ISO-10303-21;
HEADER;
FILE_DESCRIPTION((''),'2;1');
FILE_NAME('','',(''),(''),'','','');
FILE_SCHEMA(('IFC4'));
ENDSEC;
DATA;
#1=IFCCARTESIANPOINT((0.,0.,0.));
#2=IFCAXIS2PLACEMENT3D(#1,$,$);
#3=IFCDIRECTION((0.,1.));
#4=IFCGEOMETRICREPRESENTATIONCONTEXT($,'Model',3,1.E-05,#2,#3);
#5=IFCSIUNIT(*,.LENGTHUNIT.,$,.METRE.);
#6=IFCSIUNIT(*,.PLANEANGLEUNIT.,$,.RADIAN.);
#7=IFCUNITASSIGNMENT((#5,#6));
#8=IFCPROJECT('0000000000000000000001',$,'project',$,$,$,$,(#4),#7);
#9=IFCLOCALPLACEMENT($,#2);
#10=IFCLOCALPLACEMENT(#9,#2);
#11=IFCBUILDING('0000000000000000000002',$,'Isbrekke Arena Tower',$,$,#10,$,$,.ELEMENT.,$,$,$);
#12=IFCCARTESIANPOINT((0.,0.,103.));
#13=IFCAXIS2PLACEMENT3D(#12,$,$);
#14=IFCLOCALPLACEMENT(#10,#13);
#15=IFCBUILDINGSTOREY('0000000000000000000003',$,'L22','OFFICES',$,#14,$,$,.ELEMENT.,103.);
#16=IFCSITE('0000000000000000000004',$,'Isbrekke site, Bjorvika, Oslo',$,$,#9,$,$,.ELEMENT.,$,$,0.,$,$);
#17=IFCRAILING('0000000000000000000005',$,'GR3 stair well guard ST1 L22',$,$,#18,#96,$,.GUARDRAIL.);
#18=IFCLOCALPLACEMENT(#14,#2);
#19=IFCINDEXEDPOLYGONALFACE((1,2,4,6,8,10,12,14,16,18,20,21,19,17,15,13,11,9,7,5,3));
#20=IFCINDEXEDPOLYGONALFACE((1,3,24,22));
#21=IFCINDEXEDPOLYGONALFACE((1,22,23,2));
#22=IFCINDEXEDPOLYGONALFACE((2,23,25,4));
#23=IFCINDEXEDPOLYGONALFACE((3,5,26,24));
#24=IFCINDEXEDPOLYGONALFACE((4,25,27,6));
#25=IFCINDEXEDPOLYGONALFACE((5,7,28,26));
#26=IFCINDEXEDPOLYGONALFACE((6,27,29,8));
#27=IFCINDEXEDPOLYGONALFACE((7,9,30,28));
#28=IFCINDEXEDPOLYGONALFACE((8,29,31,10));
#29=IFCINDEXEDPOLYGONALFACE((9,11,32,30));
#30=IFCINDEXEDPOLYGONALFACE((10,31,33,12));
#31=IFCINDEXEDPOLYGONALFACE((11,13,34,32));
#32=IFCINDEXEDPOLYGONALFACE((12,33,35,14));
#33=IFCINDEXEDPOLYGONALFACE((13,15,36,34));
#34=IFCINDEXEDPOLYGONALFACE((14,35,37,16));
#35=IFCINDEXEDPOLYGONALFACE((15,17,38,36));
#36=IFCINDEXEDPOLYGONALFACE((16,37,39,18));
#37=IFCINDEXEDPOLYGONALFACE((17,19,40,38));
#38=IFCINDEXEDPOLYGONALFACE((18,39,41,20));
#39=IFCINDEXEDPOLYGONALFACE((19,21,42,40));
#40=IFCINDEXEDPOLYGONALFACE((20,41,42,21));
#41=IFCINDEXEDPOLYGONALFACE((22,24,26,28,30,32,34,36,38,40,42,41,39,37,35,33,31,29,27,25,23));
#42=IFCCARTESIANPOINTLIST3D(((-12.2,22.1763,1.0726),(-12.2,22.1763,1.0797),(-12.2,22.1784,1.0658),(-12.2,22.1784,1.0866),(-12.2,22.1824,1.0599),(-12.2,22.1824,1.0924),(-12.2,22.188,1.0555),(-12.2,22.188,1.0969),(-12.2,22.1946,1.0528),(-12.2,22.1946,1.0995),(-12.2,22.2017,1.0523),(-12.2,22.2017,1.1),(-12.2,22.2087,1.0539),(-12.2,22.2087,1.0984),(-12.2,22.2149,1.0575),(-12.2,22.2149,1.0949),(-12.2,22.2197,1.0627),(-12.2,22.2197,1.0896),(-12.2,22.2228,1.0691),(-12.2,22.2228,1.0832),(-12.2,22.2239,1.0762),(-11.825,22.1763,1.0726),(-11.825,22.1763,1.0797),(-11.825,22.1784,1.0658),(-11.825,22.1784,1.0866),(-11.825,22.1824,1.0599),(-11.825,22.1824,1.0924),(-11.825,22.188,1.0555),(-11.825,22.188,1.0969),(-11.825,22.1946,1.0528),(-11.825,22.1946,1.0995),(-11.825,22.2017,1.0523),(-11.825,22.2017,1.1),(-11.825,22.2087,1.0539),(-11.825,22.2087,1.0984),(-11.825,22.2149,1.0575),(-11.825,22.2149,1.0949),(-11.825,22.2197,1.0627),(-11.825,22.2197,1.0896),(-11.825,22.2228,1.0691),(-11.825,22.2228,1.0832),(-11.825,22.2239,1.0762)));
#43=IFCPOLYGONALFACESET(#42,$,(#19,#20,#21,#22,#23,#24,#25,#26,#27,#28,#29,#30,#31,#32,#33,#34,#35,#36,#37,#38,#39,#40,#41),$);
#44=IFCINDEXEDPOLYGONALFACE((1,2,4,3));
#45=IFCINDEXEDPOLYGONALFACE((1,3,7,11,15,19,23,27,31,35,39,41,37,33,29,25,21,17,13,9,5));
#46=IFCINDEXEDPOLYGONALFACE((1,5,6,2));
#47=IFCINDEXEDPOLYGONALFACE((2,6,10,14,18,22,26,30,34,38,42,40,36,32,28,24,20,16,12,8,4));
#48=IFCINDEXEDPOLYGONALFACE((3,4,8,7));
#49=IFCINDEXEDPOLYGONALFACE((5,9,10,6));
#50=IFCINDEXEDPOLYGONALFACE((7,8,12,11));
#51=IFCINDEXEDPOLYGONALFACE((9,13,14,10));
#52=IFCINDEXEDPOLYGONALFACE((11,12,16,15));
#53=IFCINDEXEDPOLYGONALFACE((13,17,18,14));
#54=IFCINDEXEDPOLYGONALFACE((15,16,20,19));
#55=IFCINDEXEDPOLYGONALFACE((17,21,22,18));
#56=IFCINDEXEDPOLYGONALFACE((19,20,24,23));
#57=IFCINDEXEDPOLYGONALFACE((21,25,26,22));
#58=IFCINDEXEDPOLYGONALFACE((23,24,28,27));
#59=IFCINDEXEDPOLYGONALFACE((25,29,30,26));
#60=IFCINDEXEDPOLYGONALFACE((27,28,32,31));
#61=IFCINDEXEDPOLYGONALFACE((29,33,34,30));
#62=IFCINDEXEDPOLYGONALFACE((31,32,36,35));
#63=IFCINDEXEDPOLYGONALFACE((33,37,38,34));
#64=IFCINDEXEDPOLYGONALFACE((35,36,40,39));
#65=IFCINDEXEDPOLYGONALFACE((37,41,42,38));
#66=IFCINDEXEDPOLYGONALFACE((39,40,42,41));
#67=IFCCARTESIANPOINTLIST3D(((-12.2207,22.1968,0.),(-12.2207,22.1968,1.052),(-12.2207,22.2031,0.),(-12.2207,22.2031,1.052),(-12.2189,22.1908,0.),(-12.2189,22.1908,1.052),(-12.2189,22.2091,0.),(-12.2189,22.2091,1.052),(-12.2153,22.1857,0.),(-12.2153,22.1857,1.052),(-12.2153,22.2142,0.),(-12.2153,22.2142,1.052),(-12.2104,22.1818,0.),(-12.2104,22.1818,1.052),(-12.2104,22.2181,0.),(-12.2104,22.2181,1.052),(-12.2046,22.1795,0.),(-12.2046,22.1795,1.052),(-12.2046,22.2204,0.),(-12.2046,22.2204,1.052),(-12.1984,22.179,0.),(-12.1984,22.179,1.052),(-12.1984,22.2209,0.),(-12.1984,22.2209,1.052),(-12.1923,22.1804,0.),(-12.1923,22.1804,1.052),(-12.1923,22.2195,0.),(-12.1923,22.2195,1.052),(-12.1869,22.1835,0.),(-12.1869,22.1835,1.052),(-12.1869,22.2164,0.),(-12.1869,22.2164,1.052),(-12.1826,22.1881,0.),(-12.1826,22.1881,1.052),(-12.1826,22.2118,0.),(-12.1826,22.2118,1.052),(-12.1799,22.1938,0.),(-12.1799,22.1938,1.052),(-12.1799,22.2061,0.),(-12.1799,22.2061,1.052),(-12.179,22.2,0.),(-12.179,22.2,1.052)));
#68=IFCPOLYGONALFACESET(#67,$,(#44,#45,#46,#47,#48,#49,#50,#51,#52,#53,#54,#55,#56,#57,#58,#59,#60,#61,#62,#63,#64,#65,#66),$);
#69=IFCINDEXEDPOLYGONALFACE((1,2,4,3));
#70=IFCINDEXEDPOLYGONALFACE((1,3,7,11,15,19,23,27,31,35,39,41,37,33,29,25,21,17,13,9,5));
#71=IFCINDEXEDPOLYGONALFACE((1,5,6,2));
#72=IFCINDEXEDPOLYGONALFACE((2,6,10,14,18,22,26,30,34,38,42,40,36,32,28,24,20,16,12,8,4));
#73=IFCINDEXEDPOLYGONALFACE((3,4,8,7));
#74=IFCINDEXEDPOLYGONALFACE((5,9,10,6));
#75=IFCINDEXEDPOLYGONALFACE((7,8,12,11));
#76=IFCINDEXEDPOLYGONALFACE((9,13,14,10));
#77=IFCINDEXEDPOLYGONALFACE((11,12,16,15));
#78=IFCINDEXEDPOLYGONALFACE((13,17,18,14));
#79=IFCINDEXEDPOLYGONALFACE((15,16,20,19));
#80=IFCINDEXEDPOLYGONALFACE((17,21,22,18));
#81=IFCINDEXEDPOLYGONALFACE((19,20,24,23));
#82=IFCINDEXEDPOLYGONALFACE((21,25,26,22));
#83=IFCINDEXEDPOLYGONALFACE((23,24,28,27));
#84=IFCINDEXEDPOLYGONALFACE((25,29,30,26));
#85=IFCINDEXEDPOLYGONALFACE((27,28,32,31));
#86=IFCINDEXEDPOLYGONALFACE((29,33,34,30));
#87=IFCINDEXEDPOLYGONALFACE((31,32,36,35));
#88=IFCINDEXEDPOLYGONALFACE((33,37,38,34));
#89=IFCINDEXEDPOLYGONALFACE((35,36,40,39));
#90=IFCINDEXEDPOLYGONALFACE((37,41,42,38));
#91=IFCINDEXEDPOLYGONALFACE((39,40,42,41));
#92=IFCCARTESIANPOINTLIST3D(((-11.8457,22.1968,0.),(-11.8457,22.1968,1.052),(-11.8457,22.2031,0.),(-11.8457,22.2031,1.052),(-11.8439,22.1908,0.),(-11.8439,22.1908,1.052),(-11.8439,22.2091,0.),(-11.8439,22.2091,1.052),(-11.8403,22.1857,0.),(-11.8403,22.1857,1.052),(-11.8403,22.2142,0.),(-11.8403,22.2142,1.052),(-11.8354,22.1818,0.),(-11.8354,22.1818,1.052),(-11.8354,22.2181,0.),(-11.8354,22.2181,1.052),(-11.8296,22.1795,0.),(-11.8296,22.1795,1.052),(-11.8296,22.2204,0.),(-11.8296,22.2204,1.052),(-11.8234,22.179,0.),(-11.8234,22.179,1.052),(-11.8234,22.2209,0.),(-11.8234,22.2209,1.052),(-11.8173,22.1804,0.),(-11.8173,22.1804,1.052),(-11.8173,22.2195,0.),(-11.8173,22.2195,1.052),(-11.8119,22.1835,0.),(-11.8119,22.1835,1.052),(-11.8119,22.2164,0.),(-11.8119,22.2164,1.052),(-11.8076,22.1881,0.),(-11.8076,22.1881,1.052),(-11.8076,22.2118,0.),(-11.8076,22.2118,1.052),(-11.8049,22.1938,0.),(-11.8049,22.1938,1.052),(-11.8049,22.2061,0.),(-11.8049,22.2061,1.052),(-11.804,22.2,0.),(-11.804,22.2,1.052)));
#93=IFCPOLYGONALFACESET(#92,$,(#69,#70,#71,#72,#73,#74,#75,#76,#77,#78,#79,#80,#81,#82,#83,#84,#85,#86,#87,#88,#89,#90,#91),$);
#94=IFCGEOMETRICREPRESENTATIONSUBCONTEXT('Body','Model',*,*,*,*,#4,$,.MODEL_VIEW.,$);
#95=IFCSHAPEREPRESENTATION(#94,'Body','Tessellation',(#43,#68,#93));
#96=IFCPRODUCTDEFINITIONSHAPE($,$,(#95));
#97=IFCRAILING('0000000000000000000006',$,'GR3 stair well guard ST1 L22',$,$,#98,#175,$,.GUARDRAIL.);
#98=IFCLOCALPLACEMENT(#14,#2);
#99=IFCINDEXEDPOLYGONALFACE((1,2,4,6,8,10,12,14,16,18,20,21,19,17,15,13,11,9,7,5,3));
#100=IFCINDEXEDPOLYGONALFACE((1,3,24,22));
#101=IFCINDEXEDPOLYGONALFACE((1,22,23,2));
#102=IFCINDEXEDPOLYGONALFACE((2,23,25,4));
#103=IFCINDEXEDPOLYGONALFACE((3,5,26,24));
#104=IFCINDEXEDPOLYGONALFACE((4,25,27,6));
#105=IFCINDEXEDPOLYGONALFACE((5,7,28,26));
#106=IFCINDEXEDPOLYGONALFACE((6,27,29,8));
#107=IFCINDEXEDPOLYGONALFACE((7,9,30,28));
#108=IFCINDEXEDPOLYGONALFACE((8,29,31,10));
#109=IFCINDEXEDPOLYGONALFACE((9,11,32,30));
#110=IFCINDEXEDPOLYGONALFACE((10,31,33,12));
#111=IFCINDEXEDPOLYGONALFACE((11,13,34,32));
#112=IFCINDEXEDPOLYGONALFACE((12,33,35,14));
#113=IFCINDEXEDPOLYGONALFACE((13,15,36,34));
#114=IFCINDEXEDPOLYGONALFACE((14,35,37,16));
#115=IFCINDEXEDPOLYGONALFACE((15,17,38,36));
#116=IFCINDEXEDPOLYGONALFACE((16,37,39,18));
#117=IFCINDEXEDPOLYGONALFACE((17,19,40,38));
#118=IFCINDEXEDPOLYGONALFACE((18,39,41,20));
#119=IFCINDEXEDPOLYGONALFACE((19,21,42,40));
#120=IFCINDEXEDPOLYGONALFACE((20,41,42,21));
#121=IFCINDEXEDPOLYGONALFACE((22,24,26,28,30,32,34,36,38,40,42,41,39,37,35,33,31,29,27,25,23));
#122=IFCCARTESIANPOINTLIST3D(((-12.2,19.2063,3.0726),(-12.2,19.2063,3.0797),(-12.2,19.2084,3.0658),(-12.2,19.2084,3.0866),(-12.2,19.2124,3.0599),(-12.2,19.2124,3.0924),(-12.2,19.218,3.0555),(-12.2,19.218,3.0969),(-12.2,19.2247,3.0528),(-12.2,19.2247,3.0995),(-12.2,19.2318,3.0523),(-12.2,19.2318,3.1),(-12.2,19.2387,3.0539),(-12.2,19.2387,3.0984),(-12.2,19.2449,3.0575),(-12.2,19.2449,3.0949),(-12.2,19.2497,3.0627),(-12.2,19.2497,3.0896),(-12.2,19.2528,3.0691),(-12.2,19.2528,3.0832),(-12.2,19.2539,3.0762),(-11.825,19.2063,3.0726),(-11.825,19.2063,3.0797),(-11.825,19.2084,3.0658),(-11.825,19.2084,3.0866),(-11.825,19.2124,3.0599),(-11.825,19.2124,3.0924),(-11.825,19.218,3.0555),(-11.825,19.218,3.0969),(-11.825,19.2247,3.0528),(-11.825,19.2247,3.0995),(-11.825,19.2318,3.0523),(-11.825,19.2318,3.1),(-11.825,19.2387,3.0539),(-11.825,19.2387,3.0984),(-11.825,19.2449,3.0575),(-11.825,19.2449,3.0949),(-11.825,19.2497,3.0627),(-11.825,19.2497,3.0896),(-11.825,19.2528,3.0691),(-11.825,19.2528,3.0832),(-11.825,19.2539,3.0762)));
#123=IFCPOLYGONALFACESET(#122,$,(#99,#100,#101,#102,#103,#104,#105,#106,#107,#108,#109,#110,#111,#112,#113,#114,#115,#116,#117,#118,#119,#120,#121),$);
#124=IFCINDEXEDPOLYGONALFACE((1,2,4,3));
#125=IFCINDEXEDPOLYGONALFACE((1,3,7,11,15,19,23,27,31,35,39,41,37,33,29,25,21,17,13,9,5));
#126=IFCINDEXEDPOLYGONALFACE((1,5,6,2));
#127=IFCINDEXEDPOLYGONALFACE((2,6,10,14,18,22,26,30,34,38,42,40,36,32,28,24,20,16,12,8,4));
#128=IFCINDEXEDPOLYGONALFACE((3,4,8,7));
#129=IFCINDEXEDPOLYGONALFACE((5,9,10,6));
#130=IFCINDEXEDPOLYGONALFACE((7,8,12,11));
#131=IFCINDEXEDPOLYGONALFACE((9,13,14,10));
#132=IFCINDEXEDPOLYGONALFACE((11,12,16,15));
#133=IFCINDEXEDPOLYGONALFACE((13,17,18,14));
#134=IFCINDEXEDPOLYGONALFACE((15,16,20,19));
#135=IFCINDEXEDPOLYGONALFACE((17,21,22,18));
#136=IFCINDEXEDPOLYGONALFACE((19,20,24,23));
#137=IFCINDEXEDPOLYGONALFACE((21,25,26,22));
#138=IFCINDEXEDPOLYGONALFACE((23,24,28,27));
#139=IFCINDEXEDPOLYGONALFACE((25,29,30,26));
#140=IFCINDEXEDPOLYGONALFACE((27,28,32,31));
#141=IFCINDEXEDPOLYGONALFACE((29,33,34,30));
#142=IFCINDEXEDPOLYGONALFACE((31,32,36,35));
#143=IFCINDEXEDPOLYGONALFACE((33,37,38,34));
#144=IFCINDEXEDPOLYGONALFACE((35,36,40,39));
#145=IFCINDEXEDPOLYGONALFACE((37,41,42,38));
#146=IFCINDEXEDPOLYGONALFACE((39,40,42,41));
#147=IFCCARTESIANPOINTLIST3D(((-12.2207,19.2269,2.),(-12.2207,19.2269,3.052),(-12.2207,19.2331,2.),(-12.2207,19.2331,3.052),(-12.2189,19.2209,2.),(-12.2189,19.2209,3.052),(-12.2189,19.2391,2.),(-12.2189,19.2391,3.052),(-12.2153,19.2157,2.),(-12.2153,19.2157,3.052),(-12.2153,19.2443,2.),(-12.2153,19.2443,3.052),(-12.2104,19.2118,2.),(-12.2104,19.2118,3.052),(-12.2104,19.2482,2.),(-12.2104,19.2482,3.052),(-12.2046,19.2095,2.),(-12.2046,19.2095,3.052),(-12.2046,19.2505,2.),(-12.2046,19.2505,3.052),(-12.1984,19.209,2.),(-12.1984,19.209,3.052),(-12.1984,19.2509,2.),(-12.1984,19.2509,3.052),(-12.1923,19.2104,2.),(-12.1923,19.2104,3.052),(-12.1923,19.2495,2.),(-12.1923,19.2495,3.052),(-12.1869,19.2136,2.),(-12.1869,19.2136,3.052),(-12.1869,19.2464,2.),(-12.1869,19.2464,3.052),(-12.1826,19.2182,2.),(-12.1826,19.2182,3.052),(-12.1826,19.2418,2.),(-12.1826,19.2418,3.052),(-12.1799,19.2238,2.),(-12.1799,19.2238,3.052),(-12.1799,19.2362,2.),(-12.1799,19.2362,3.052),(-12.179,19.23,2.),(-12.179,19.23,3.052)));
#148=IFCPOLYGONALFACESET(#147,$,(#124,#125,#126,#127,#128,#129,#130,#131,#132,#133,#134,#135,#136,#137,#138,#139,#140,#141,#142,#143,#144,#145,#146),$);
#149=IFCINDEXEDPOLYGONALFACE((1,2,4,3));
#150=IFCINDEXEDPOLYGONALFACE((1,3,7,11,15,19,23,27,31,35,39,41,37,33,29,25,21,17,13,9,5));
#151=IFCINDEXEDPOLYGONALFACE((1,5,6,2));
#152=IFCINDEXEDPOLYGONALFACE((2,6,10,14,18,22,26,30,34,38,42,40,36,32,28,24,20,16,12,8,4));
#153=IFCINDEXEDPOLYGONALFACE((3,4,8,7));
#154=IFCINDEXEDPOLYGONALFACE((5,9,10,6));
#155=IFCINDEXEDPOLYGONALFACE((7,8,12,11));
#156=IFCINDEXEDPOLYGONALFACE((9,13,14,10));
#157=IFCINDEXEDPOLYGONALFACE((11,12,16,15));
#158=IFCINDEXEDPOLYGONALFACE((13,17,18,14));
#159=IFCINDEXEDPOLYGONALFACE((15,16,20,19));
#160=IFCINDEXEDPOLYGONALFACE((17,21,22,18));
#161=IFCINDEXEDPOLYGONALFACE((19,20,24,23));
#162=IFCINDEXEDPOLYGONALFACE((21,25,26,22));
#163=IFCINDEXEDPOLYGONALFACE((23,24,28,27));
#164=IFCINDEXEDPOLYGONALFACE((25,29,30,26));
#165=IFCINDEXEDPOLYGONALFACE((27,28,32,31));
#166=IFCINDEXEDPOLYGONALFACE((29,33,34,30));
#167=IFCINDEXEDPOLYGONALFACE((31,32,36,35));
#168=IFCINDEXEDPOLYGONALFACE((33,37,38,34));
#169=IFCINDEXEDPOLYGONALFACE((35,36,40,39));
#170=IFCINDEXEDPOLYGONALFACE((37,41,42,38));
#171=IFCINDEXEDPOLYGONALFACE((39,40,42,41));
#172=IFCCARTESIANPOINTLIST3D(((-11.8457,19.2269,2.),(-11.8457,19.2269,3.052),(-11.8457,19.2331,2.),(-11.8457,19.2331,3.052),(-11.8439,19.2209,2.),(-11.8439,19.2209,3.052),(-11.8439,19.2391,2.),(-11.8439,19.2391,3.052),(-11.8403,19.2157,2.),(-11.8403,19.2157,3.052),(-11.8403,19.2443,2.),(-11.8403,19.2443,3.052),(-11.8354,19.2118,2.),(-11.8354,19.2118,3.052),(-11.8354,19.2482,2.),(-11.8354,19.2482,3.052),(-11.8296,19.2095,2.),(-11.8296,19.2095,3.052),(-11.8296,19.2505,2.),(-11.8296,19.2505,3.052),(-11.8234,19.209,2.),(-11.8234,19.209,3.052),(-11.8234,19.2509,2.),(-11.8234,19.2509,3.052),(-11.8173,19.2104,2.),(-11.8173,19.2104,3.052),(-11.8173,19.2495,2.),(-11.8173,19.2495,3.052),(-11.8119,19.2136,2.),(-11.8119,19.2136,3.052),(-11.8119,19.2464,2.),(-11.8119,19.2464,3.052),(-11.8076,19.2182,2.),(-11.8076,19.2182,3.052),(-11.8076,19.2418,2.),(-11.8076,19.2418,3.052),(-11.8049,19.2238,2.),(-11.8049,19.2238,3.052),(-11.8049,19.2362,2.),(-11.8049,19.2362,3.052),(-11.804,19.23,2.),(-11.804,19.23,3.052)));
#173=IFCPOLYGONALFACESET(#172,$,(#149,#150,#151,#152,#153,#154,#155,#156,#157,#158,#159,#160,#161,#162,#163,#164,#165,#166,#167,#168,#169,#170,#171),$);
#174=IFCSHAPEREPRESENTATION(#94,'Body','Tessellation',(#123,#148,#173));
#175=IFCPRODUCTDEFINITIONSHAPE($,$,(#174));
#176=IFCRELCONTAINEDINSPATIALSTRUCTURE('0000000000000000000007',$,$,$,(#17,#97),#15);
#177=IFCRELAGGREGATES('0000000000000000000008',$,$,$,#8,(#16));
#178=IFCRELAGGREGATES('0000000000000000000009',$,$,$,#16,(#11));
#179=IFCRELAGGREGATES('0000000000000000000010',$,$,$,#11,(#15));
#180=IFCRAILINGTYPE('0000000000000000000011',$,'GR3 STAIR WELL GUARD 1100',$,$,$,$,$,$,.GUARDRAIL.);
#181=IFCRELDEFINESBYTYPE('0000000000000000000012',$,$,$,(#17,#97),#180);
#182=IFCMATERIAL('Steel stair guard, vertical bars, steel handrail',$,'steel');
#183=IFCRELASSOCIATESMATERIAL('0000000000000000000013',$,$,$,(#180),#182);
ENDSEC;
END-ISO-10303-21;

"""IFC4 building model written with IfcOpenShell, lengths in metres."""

from ifc_helpers import new_model, si_unit, direction, frame, origin, origin_2d, place, context, subcontext, project, spatial, circle, extrude, material, type_object, element, save


model = new_model("IFC4")

# Units and contexts
model_context = context("Model", 3, precision=1e-05, world=origin(), true_north=direction((0.0, 1.0)))
body_context = subcontext(model_context, "Body", "Model", "MODEL_VIEW")
ifc_project = project(units=[si_unit("LENGTHUNIT", "METRE"), si_unit("PLANEANGLEUNIT", "RADIAN")], contexts=[model_context])

# Site, building, storey
site_placement = place(None, origin())
site = spatial("IfcSite", under=ifc_project, at=site_placement, Name="Isbrekke site, Bjorvika, Oslo", CompositionType="ELEMENT", RefElevation=0.0)
building_placement = place(site_placement, origin())
building = spatial("IfcBuilding", under=site, at=building_placement, Name="Isbrekke Arena Tower", CompositionType="ELEMENT")
storey_placement = place(building_placement, frame((0.0, 0.0, 103.0)))
storey = spatial("IfcBuildingStorey", under=building, at=storey_placement, Name="L22", Description="OFFICES", CompositionType="ELEMENT", Elevation=103.0)

# Railings
ifc_material_1 = material(Name="Steel stair guard, vertical bars, steel handrail", Category="steel")
railing_type = type_object("IfcRailingType", Name="GR3 STAIR WELL GUARD 1100", PredefinedType="GUARDRAIL", material=ifc_material_1)
for number, where, name in (
    (1, (-12.2, 22.2, 0.0), "GR3 stair well guard ST1 L22"),
    (2, (-12.2, 19.23, 2.0), "GR3 stair well guard ST1 L22"),
):
    element("IfcRailing", number, at=place(storey_placement, frame(where)), inside=storey, type_object=railing_type, Name=name, PredefinedType="GUARDRAIL", context=body_context, shape_type="SweptSolid", body=[
        extrude(circle(Radius=0.0239, at=origin_2d()), frame((0.0, 0.0, 1.0762), z_axis=(1.0, 0.0, 0.0), x_axis=(0.0, 1.0, 0.0)), (0.0, 0.0, 1.0), 0.375),
        extrude(circle(Radius=0.021, at=origin_2d()), origin(), (0.0, 0.0, 1.0), 1.052),
        extrude(circle(Radius=0.021, at=origin_2d()), frame((0.375, 0.0, 0.0)), (0.0, 0.0, 1.0), 1.052),
    ])

save(model, "model.ifc")
